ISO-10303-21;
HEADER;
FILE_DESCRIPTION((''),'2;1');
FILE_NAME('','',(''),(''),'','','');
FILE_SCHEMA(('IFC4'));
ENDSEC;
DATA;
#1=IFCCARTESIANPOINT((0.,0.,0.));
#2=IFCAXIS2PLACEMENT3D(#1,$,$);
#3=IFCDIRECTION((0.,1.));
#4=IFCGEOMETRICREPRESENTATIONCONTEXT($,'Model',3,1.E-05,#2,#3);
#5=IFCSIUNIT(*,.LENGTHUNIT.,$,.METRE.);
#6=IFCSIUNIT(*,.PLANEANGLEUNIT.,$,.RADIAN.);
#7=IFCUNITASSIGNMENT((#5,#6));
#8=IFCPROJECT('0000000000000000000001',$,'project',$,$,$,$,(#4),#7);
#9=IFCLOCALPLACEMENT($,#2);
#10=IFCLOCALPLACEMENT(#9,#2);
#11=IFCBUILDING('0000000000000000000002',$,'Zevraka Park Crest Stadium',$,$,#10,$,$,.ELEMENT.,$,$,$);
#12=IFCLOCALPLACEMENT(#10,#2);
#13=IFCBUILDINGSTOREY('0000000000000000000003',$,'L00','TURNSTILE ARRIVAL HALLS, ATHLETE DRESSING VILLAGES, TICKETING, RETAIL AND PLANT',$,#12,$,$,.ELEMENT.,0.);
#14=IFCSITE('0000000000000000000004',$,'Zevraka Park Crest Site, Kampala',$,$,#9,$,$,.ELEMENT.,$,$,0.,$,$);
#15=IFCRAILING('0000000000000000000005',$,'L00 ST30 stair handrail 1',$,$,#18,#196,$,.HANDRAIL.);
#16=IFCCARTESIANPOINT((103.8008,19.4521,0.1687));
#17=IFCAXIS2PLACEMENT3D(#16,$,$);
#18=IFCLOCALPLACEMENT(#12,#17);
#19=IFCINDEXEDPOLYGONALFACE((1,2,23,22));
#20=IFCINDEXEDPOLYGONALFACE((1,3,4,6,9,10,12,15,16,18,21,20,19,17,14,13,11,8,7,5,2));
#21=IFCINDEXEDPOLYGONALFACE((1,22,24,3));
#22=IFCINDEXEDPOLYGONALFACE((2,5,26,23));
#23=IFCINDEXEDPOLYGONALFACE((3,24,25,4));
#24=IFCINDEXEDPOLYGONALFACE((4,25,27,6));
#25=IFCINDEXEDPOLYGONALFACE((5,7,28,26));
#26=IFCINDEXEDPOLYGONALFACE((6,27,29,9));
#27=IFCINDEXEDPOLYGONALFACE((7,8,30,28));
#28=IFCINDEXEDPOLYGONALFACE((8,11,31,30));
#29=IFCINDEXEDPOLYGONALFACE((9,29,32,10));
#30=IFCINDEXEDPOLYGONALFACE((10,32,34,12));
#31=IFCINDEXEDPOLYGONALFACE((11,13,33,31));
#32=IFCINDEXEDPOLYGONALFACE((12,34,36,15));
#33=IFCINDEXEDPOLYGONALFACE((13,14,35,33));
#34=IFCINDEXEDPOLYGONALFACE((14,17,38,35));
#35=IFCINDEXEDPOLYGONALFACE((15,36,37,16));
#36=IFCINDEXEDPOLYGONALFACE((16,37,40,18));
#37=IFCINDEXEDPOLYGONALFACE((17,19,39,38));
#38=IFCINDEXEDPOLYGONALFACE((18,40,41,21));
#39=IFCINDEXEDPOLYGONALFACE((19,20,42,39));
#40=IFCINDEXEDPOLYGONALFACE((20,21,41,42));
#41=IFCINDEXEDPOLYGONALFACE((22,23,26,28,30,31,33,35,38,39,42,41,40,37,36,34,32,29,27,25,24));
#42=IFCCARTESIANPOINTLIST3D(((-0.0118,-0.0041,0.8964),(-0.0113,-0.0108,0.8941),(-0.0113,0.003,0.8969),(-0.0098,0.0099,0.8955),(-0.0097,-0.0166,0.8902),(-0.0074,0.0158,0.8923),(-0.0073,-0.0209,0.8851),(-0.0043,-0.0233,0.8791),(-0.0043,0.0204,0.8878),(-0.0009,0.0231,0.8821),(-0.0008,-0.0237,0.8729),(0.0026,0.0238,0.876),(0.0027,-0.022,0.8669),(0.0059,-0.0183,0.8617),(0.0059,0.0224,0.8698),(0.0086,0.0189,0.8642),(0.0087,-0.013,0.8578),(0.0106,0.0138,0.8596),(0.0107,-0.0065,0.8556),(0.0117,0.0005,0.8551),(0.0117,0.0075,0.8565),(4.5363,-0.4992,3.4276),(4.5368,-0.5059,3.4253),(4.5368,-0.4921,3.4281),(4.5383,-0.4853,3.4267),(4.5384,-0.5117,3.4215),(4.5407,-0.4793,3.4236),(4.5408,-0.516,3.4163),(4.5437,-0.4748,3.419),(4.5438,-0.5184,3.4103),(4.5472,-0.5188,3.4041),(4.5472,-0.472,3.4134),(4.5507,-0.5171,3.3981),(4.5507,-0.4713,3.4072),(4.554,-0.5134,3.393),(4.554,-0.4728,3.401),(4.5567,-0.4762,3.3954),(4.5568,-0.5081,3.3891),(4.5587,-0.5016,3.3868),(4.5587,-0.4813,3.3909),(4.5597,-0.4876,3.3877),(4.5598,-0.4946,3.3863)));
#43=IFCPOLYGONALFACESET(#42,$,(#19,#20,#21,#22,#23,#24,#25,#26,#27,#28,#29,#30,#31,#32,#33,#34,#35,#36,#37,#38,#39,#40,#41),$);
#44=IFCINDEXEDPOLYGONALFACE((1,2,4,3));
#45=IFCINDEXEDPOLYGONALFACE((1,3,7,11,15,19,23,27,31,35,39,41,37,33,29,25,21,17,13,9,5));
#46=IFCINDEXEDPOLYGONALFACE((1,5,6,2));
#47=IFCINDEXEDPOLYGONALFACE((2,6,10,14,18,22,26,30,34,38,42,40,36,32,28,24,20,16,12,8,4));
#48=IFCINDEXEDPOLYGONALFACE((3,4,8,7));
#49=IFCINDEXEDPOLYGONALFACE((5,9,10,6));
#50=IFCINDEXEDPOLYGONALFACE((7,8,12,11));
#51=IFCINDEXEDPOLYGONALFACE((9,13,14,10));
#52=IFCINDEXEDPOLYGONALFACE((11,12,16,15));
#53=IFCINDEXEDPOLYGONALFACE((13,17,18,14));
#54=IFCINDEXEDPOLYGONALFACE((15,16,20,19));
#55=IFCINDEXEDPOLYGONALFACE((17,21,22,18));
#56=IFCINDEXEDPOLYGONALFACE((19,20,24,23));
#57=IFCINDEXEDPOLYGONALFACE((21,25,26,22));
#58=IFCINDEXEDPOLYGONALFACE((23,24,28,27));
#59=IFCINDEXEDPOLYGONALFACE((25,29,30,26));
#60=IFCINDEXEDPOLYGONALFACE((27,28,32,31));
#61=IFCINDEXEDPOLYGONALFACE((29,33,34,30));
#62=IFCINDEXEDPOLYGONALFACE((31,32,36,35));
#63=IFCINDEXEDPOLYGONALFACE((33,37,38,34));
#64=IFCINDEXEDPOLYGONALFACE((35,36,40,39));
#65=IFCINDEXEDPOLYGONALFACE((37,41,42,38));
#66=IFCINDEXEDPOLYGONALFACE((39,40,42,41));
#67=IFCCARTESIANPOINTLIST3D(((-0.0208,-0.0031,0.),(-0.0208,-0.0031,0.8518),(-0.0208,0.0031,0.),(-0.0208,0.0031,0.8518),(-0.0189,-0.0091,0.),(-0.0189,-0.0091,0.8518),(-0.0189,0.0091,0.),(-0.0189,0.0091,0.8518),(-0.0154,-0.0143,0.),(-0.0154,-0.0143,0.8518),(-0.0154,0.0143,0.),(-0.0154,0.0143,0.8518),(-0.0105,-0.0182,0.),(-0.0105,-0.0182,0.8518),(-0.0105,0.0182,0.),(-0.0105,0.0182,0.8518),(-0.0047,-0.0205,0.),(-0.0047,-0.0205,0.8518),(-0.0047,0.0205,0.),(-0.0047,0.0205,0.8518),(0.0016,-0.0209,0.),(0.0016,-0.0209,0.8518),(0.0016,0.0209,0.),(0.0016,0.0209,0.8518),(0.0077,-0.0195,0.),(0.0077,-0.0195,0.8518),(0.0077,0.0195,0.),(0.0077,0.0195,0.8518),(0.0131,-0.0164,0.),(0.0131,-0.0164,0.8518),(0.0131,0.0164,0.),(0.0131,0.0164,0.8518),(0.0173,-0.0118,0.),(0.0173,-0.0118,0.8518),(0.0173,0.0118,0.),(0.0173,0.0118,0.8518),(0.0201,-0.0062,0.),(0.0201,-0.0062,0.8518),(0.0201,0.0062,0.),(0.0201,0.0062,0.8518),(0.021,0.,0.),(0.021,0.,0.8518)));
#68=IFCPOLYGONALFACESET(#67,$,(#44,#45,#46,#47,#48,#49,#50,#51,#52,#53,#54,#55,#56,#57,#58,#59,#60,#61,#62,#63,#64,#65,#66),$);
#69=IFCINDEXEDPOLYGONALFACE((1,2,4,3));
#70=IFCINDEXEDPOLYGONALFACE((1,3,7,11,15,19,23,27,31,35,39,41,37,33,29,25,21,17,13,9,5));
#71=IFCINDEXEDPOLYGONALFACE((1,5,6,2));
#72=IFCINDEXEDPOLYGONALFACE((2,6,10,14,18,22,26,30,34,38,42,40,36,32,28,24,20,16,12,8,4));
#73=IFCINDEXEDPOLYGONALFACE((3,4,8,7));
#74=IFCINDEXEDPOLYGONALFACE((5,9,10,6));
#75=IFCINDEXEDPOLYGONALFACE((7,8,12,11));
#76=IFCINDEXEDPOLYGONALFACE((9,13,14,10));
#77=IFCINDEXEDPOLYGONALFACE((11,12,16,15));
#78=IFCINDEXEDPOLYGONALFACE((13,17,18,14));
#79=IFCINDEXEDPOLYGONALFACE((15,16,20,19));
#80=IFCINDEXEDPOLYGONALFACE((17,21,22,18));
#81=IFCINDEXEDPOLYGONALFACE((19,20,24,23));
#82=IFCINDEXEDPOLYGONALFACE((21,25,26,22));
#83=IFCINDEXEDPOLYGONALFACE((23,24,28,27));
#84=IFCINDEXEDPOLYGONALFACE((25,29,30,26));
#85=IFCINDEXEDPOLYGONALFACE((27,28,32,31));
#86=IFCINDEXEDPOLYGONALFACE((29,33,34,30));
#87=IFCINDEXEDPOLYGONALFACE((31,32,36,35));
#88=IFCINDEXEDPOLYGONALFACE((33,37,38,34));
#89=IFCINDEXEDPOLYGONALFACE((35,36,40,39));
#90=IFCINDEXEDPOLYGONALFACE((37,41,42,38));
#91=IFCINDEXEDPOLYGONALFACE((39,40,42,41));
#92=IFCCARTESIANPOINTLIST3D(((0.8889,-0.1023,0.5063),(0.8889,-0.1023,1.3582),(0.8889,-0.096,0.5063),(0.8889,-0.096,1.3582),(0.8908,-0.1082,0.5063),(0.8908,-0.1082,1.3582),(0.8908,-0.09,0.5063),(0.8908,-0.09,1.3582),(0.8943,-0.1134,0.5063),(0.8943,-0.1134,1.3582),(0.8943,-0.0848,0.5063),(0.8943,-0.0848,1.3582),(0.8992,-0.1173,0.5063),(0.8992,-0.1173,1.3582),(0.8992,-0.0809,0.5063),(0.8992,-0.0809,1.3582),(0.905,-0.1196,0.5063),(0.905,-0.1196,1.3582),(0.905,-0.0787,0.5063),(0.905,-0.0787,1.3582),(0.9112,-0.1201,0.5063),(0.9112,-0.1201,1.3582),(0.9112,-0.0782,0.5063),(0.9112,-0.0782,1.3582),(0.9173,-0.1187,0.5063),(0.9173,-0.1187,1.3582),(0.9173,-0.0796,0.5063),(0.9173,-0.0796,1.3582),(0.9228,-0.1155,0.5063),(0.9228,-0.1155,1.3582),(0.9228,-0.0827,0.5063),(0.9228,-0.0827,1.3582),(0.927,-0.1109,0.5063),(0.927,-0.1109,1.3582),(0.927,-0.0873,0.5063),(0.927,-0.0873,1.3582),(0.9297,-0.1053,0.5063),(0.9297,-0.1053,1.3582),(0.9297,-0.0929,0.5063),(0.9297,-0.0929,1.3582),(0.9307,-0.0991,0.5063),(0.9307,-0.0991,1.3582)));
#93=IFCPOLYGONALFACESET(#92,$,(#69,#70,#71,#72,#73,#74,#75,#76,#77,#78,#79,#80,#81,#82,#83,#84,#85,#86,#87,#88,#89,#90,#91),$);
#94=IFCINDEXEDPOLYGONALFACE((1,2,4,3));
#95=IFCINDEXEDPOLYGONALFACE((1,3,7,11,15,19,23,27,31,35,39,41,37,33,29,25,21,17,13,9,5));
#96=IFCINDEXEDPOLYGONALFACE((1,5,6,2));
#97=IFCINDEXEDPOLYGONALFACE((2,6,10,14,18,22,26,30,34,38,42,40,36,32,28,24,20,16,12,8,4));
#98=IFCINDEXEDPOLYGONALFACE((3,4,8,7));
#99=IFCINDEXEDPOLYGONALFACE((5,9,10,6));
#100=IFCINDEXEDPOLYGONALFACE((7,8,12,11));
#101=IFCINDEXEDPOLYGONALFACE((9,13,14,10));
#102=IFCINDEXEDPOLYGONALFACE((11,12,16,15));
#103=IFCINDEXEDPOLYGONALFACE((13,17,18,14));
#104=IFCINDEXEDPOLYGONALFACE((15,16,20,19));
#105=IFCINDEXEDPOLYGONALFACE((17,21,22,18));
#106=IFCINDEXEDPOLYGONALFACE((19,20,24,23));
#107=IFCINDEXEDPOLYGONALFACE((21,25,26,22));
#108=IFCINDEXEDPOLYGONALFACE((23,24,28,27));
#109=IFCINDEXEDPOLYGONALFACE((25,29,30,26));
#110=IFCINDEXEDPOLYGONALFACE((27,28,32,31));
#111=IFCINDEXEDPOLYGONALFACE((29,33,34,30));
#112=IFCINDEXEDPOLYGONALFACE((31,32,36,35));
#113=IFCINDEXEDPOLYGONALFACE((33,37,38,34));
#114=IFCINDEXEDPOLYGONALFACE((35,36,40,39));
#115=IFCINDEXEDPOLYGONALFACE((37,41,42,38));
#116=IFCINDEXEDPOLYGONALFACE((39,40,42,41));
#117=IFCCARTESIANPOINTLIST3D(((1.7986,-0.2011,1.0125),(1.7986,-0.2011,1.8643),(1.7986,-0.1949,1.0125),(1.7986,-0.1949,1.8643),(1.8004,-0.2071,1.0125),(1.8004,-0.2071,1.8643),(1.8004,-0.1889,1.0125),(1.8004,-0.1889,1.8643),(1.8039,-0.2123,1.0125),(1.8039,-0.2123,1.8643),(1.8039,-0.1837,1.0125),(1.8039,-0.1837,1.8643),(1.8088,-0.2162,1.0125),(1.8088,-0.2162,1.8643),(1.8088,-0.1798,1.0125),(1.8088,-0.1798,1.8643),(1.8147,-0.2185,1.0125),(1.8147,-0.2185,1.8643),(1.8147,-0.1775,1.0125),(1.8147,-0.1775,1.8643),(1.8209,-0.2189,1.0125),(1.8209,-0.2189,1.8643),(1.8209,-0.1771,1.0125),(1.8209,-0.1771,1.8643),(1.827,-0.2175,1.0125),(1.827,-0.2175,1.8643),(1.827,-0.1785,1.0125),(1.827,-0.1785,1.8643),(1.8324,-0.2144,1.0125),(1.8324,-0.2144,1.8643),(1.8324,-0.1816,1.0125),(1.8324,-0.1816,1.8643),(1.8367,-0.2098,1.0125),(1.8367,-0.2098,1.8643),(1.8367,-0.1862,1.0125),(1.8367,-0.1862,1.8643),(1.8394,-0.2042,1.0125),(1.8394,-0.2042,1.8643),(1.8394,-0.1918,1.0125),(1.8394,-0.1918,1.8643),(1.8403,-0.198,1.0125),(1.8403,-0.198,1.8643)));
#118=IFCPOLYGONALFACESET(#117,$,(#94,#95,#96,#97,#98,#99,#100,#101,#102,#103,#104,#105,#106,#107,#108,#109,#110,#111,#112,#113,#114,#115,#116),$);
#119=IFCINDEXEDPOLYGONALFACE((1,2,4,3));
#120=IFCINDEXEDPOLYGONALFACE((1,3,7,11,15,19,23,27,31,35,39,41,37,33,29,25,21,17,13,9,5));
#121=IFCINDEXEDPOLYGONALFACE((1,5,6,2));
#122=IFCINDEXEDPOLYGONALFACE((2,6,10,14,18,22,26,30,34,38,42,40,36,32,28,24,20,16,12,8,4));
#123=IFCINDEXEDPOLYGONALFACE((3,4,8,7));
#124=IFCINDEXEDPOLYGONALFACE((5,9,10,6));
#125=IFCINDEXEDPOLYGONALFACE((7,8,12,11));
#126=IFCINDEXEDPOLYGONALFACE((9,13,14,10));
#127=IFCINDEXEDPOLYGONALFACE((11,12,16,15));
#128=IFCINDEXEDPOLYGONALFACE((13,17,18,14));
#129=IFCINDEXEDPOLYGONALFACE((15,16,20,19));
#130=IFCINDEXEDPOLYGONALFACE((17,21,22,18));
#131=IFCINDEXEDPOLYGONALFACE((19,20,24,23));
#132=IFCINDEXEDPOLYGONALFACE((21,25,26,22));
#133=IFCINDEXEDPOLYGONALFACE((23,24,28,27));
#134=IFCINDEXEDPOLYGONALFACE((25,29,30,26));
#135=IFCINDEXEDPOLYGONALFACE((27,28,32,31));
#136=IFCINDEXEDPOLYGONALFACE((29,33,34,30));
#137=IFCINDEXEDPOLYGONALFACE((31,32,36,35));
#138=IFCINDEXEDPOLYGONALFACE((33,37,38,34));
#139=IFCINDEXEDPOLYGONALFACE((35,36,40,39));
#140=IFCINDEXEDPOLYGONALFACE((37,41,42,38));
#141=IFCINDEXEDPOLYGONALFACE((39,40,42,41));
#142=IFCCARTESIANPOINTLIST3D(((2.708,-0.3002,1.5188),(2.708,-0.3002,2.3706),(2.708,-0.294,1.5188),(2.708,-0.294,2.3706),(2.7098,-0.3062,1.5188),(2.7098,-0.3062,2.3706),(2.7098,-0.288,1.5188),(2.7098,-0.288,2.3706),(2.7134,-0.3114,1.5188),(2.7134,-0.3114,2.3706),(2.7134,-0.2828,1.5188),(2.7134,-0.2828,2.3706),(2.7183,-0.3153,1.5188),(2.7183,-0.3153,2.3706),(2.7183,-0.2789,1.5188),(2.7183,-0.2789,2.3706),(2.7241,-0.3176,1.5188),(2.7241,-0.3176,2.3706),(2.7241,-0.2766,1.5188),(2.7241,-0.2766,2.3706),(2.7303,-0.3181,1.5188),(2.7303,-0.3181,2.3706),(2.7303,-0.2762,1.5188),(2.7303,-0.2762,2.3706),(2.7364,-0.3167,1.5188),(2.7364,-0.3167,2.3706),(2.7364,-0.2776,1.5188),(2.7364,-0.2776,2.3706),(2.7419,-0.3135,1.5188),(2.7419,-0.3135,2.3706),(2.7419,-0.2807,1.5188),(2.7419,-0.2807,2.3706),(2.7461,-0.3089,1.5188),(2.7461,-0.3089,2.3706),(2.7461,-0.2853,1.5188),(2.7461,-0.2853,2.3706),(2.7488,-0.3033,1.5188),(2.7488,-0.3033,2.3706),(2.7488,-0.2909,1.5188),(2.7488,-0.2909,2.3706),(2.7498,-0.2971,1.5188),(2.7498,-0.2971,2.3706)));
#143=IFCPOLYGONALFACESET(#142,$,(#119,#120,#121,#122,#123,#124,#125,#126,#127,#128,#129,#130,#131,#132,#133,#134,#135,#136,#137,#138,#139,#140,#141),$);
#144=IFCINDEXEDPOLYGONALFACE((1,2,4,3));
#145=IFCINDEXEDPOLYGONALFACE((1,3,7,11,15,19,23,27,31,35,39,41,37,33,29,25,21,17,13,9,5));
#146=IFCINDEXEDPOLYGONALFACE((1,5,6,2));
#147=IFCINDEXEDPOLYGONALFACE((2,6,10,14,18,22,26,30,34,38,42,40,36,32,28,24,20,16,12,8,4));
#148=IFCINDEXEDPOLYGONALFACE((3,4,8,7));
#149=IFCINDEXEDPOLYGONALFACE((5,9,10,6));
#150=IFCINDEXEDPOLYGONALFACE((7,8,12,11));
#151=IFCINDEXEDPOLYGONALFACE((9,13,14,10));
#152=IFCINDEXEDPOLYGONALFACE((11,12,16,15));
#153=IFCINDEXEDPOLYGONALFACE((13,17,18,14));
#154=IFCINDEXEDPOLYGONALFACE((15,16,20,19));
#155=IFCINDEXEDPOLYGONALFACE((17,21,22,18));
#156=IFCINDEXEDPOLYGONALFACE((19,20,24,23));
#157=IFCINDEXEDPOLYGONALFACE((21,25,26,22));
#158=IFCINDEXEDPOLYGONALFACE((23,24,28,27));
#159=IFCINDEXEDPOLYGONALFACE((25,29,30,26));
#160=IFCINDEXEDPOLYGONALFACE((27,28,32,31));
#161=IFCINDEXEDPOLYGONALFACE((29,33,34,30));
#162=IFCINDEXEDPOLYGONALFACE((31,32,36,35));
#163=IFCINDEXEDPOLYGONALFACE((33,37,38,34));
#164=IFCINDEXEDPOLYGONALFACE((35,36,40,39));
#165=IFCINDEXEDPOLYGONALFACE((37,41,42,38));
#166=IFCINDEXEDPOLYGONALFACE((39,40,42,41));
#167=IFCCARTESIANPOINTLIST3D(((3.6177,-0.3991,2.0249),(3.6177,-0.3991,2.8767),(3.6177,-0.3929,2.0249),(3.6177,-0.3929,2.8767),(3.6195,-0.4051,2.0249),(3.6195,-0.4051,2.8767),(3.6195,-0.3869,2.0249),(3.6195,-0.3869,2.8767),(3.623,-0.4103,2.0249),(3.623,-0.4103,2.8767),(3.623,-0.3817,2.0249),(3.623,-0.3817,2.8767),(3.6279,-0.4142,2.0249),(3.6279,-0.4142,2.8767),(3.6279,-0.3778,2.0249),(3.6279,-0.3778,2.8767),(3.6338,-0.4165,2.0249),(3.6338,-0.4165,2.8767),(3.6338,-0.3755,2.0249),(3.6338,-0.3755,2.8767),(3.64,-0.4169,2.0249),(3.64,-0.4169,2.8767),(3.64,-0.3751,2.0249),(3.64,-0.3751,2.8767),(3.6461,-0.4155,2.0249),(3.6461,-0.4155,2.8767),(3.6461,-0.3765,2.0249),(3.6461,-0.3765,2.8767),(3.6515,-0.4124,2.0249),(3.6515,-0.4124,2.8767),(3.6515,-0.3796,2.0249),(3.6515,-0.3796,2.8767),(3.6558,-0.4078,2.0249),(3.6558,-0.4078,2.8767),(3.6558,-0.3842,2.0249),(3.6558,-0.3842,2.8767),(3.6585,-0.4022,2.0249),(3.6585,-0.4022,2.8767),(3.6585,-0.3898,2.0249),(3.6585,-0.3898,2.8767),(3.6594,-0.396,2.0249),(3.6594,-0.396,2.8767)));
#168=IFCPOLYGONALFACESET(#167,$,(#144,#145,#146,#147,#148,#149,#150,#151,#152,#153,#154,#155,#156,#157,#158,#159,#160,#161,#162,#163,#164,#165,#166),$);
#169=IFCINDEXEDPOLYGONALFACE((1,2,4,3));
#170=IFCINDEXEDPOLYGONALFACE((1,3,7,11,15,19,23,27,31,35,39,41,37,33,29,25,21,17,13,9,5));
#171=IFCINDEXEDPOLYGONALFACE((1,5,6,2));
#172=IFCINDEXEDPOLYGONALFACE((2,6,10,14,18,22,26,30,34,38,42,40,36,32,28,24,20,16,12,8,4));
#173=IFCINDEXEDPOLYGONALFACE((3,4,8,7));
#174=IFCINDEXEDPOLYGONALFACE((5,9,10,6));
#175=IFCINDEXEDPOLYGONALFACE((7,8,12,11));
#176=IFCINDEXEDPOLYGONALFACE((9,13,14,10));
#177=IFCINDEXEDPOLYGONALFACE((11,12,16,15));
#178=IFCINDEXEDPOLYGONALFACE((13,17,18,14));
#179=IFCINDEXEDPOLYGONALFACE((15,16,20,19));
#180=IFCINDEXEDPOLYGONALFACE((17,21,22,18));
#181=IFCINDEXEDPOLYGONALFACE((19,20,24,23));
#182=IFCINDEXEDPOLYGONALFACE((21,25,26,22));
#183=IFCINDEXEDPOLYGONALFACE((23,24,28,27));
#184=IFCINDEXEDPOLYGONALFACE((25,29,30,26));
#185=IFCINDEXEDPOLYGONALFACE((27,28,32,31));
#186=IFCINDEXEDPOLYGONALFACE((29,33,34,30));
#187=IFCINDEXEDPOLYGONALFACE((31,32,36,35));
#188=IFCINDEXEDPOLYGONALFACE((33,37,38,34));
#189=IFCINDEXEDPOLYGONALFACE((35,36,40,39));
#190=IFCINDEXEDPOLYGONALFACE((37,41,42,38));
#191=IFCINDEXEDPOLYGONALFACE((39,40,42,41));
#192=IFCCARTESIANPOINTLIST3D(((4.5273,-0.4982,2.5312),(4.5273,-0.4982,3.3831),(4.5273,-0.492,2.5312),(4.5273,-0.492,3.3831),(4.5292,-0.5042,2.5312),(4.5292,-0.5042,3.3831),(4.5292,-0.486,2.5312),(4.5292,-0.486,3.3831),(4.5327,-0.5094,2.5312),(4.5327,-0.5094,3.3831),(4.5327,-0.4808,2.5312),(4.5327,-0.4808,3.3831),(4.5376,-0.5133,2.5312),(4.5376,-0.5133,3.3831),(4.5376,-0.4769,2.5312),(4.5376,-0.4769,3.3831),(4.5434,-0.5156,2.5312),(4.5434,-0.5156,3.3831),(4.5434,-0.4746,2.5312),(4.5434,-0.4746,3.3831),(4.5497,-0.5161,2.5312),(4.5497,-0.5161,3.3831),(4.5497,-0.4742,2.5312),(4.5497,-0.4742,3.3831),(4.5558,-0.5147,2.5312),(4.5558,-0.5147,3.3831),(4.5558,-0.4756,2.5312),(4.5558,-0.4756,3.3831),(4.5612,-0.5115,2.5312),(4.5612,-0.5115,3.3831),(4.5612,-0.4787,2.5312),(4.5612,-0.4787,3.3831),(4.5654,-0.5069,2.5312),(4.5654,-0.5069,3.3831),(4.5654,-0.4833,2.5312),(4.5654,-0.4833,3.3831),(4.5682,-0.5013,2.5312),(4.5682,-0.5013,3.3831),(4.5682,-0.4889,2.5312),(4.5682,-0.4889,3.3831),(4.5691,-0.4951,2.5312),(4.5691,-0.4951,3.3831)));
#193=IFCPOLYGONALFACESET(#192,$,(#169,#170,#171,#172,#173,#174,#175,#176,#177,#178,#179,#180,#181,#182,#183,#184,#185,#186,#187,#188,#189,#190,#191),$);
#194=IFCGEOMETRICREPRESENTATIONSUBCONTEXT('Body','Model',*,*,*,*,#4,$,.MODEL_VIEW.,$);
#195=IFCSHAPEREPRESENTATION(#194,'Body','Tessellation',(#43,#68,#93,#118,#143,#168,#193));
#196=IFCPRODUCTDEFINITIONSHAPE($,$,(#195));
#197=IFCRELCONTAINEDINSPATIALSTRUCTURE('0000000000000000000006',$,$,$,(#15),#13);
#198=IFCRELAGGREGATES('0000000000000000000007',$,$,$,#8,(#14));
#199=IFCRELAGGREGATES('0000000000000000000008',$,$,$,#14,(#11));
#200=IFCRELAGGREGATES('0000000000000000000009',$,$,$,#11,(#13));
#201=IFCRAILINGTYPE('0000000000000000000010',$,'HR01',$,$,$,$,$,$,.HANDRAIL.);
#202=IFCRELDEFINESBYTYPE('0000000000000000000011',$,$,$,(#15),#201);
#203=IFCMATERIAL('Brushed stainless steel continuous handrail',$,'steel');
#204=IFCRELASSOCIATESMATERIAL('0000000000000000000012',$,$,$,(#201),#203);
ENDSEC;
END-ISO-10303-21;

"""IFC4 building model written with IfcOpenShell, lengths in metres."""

from ifc_helpers import new_model, si_unit, direction, frame, origin, origin_2d, place, context, subcontext, project, spatial, circle, extrude, material, type_object, element, save


model = new_model("IFC4")

# Units and contexts
model_context = context("Model", 3, precision=1e-05, world=origin(), true_north=direction((0.0, 1.0)))
body_context = subcontext(model_context, "Body", "Model", "MODEL_VIEW")
ifc_project = project(units=[si_unit("LENGTHUNIT", "METRE"), si_unit("PLANEANGLEUNIT", "RADIAN")], contexts=[model_context])

# Site, building, storey
site_placement = place(None, origin())
site = spatial("IfcSite", under=ifc_project, at=site_placement, Name="Zevraka Park Crest Site, Kampala", CompositionType="ELEMENT", RefElevation=0.0)
building_placement = place(site_placement, origin())
building = spatial("IfcBuilding", under=site, at=building_placement, Name="Zevraka Park Crest Stadium", CompositionType="ELEMENT")
storey_placement = place(building_placement, origin())
storey = spatial("IfcBuildingStorey", under=building, at=storey_placement, Name="L00", Description="TURNSTILE ARRIVAL HALLS, ATHLETE DRESSING VILLAGES, TICKETING, RETAIL AND PLANT", CompositionType="ELEMENT", Elevation=0.0)

# Railing
ifc_material_1 = material(Name="Brushed stainless steel continuous handrail", Category="steel")
railing_type = type_object("IfcRailingType", Name="HR01", PredefinedType="HANDRAIL", material=ifc_material_1)
railing_1_placement = place(storey_placement, frame((103.8008, 19.4521, 0.1687)))
element("IfcRailing", 1, at=railing_1_placement, inside=storey, type_object=railing_type, Name="L00 ST30 stair handrail 1", PredefinedType="HANDRAIL", context=body_context, shape_type="SweptSolid", body=[
    extrude(circle(Radius=0.0239, at=origin_2d()), frame((0.0, 0.0, 0.876), z_axis=(0.869861, -0.094695, 0.484123), x_axis=(0.108223, 0.994127, 0.0)), (0.0, 0.0, 1.0), 5.2285),
    extrude(circle(Radius=0.021, at=origin_2d()), origin(), (0.0, 0.0, 1.0), 0.8518),
    extrude(circle(Radius=0.021, at=origin_2d()), frame((0.9097, -0.0991, 0.5063)), (0.0, 0.0, 1.0), 0.8518),
    extrude(circle(Radius=0.021, at=origin_2d()), frame((1.8193, -0.198, 1.0125)), (0.0, 0.0, 1.0), 0.8518),
    extrude(circle(Radius=0.021, at=origin_2d()), frame((2.7288, -0.2971, 1.5188)), (0.0, 0.0, 1.0), 0.8518),
    extrude(circle(Radius=0.021, at=origin_2d()), frame((3.6384, -0.396, 2.0249)), (0.0, 0.0, 1.0), 0.8518),
    extrude(circle(Radius=0.021, at=origin_2d()), frame((4.5481, -0.4951, 2.5312)), (0.0, 0.0, 1.0), 0.8518),
])

save(model, "model.ifc")
